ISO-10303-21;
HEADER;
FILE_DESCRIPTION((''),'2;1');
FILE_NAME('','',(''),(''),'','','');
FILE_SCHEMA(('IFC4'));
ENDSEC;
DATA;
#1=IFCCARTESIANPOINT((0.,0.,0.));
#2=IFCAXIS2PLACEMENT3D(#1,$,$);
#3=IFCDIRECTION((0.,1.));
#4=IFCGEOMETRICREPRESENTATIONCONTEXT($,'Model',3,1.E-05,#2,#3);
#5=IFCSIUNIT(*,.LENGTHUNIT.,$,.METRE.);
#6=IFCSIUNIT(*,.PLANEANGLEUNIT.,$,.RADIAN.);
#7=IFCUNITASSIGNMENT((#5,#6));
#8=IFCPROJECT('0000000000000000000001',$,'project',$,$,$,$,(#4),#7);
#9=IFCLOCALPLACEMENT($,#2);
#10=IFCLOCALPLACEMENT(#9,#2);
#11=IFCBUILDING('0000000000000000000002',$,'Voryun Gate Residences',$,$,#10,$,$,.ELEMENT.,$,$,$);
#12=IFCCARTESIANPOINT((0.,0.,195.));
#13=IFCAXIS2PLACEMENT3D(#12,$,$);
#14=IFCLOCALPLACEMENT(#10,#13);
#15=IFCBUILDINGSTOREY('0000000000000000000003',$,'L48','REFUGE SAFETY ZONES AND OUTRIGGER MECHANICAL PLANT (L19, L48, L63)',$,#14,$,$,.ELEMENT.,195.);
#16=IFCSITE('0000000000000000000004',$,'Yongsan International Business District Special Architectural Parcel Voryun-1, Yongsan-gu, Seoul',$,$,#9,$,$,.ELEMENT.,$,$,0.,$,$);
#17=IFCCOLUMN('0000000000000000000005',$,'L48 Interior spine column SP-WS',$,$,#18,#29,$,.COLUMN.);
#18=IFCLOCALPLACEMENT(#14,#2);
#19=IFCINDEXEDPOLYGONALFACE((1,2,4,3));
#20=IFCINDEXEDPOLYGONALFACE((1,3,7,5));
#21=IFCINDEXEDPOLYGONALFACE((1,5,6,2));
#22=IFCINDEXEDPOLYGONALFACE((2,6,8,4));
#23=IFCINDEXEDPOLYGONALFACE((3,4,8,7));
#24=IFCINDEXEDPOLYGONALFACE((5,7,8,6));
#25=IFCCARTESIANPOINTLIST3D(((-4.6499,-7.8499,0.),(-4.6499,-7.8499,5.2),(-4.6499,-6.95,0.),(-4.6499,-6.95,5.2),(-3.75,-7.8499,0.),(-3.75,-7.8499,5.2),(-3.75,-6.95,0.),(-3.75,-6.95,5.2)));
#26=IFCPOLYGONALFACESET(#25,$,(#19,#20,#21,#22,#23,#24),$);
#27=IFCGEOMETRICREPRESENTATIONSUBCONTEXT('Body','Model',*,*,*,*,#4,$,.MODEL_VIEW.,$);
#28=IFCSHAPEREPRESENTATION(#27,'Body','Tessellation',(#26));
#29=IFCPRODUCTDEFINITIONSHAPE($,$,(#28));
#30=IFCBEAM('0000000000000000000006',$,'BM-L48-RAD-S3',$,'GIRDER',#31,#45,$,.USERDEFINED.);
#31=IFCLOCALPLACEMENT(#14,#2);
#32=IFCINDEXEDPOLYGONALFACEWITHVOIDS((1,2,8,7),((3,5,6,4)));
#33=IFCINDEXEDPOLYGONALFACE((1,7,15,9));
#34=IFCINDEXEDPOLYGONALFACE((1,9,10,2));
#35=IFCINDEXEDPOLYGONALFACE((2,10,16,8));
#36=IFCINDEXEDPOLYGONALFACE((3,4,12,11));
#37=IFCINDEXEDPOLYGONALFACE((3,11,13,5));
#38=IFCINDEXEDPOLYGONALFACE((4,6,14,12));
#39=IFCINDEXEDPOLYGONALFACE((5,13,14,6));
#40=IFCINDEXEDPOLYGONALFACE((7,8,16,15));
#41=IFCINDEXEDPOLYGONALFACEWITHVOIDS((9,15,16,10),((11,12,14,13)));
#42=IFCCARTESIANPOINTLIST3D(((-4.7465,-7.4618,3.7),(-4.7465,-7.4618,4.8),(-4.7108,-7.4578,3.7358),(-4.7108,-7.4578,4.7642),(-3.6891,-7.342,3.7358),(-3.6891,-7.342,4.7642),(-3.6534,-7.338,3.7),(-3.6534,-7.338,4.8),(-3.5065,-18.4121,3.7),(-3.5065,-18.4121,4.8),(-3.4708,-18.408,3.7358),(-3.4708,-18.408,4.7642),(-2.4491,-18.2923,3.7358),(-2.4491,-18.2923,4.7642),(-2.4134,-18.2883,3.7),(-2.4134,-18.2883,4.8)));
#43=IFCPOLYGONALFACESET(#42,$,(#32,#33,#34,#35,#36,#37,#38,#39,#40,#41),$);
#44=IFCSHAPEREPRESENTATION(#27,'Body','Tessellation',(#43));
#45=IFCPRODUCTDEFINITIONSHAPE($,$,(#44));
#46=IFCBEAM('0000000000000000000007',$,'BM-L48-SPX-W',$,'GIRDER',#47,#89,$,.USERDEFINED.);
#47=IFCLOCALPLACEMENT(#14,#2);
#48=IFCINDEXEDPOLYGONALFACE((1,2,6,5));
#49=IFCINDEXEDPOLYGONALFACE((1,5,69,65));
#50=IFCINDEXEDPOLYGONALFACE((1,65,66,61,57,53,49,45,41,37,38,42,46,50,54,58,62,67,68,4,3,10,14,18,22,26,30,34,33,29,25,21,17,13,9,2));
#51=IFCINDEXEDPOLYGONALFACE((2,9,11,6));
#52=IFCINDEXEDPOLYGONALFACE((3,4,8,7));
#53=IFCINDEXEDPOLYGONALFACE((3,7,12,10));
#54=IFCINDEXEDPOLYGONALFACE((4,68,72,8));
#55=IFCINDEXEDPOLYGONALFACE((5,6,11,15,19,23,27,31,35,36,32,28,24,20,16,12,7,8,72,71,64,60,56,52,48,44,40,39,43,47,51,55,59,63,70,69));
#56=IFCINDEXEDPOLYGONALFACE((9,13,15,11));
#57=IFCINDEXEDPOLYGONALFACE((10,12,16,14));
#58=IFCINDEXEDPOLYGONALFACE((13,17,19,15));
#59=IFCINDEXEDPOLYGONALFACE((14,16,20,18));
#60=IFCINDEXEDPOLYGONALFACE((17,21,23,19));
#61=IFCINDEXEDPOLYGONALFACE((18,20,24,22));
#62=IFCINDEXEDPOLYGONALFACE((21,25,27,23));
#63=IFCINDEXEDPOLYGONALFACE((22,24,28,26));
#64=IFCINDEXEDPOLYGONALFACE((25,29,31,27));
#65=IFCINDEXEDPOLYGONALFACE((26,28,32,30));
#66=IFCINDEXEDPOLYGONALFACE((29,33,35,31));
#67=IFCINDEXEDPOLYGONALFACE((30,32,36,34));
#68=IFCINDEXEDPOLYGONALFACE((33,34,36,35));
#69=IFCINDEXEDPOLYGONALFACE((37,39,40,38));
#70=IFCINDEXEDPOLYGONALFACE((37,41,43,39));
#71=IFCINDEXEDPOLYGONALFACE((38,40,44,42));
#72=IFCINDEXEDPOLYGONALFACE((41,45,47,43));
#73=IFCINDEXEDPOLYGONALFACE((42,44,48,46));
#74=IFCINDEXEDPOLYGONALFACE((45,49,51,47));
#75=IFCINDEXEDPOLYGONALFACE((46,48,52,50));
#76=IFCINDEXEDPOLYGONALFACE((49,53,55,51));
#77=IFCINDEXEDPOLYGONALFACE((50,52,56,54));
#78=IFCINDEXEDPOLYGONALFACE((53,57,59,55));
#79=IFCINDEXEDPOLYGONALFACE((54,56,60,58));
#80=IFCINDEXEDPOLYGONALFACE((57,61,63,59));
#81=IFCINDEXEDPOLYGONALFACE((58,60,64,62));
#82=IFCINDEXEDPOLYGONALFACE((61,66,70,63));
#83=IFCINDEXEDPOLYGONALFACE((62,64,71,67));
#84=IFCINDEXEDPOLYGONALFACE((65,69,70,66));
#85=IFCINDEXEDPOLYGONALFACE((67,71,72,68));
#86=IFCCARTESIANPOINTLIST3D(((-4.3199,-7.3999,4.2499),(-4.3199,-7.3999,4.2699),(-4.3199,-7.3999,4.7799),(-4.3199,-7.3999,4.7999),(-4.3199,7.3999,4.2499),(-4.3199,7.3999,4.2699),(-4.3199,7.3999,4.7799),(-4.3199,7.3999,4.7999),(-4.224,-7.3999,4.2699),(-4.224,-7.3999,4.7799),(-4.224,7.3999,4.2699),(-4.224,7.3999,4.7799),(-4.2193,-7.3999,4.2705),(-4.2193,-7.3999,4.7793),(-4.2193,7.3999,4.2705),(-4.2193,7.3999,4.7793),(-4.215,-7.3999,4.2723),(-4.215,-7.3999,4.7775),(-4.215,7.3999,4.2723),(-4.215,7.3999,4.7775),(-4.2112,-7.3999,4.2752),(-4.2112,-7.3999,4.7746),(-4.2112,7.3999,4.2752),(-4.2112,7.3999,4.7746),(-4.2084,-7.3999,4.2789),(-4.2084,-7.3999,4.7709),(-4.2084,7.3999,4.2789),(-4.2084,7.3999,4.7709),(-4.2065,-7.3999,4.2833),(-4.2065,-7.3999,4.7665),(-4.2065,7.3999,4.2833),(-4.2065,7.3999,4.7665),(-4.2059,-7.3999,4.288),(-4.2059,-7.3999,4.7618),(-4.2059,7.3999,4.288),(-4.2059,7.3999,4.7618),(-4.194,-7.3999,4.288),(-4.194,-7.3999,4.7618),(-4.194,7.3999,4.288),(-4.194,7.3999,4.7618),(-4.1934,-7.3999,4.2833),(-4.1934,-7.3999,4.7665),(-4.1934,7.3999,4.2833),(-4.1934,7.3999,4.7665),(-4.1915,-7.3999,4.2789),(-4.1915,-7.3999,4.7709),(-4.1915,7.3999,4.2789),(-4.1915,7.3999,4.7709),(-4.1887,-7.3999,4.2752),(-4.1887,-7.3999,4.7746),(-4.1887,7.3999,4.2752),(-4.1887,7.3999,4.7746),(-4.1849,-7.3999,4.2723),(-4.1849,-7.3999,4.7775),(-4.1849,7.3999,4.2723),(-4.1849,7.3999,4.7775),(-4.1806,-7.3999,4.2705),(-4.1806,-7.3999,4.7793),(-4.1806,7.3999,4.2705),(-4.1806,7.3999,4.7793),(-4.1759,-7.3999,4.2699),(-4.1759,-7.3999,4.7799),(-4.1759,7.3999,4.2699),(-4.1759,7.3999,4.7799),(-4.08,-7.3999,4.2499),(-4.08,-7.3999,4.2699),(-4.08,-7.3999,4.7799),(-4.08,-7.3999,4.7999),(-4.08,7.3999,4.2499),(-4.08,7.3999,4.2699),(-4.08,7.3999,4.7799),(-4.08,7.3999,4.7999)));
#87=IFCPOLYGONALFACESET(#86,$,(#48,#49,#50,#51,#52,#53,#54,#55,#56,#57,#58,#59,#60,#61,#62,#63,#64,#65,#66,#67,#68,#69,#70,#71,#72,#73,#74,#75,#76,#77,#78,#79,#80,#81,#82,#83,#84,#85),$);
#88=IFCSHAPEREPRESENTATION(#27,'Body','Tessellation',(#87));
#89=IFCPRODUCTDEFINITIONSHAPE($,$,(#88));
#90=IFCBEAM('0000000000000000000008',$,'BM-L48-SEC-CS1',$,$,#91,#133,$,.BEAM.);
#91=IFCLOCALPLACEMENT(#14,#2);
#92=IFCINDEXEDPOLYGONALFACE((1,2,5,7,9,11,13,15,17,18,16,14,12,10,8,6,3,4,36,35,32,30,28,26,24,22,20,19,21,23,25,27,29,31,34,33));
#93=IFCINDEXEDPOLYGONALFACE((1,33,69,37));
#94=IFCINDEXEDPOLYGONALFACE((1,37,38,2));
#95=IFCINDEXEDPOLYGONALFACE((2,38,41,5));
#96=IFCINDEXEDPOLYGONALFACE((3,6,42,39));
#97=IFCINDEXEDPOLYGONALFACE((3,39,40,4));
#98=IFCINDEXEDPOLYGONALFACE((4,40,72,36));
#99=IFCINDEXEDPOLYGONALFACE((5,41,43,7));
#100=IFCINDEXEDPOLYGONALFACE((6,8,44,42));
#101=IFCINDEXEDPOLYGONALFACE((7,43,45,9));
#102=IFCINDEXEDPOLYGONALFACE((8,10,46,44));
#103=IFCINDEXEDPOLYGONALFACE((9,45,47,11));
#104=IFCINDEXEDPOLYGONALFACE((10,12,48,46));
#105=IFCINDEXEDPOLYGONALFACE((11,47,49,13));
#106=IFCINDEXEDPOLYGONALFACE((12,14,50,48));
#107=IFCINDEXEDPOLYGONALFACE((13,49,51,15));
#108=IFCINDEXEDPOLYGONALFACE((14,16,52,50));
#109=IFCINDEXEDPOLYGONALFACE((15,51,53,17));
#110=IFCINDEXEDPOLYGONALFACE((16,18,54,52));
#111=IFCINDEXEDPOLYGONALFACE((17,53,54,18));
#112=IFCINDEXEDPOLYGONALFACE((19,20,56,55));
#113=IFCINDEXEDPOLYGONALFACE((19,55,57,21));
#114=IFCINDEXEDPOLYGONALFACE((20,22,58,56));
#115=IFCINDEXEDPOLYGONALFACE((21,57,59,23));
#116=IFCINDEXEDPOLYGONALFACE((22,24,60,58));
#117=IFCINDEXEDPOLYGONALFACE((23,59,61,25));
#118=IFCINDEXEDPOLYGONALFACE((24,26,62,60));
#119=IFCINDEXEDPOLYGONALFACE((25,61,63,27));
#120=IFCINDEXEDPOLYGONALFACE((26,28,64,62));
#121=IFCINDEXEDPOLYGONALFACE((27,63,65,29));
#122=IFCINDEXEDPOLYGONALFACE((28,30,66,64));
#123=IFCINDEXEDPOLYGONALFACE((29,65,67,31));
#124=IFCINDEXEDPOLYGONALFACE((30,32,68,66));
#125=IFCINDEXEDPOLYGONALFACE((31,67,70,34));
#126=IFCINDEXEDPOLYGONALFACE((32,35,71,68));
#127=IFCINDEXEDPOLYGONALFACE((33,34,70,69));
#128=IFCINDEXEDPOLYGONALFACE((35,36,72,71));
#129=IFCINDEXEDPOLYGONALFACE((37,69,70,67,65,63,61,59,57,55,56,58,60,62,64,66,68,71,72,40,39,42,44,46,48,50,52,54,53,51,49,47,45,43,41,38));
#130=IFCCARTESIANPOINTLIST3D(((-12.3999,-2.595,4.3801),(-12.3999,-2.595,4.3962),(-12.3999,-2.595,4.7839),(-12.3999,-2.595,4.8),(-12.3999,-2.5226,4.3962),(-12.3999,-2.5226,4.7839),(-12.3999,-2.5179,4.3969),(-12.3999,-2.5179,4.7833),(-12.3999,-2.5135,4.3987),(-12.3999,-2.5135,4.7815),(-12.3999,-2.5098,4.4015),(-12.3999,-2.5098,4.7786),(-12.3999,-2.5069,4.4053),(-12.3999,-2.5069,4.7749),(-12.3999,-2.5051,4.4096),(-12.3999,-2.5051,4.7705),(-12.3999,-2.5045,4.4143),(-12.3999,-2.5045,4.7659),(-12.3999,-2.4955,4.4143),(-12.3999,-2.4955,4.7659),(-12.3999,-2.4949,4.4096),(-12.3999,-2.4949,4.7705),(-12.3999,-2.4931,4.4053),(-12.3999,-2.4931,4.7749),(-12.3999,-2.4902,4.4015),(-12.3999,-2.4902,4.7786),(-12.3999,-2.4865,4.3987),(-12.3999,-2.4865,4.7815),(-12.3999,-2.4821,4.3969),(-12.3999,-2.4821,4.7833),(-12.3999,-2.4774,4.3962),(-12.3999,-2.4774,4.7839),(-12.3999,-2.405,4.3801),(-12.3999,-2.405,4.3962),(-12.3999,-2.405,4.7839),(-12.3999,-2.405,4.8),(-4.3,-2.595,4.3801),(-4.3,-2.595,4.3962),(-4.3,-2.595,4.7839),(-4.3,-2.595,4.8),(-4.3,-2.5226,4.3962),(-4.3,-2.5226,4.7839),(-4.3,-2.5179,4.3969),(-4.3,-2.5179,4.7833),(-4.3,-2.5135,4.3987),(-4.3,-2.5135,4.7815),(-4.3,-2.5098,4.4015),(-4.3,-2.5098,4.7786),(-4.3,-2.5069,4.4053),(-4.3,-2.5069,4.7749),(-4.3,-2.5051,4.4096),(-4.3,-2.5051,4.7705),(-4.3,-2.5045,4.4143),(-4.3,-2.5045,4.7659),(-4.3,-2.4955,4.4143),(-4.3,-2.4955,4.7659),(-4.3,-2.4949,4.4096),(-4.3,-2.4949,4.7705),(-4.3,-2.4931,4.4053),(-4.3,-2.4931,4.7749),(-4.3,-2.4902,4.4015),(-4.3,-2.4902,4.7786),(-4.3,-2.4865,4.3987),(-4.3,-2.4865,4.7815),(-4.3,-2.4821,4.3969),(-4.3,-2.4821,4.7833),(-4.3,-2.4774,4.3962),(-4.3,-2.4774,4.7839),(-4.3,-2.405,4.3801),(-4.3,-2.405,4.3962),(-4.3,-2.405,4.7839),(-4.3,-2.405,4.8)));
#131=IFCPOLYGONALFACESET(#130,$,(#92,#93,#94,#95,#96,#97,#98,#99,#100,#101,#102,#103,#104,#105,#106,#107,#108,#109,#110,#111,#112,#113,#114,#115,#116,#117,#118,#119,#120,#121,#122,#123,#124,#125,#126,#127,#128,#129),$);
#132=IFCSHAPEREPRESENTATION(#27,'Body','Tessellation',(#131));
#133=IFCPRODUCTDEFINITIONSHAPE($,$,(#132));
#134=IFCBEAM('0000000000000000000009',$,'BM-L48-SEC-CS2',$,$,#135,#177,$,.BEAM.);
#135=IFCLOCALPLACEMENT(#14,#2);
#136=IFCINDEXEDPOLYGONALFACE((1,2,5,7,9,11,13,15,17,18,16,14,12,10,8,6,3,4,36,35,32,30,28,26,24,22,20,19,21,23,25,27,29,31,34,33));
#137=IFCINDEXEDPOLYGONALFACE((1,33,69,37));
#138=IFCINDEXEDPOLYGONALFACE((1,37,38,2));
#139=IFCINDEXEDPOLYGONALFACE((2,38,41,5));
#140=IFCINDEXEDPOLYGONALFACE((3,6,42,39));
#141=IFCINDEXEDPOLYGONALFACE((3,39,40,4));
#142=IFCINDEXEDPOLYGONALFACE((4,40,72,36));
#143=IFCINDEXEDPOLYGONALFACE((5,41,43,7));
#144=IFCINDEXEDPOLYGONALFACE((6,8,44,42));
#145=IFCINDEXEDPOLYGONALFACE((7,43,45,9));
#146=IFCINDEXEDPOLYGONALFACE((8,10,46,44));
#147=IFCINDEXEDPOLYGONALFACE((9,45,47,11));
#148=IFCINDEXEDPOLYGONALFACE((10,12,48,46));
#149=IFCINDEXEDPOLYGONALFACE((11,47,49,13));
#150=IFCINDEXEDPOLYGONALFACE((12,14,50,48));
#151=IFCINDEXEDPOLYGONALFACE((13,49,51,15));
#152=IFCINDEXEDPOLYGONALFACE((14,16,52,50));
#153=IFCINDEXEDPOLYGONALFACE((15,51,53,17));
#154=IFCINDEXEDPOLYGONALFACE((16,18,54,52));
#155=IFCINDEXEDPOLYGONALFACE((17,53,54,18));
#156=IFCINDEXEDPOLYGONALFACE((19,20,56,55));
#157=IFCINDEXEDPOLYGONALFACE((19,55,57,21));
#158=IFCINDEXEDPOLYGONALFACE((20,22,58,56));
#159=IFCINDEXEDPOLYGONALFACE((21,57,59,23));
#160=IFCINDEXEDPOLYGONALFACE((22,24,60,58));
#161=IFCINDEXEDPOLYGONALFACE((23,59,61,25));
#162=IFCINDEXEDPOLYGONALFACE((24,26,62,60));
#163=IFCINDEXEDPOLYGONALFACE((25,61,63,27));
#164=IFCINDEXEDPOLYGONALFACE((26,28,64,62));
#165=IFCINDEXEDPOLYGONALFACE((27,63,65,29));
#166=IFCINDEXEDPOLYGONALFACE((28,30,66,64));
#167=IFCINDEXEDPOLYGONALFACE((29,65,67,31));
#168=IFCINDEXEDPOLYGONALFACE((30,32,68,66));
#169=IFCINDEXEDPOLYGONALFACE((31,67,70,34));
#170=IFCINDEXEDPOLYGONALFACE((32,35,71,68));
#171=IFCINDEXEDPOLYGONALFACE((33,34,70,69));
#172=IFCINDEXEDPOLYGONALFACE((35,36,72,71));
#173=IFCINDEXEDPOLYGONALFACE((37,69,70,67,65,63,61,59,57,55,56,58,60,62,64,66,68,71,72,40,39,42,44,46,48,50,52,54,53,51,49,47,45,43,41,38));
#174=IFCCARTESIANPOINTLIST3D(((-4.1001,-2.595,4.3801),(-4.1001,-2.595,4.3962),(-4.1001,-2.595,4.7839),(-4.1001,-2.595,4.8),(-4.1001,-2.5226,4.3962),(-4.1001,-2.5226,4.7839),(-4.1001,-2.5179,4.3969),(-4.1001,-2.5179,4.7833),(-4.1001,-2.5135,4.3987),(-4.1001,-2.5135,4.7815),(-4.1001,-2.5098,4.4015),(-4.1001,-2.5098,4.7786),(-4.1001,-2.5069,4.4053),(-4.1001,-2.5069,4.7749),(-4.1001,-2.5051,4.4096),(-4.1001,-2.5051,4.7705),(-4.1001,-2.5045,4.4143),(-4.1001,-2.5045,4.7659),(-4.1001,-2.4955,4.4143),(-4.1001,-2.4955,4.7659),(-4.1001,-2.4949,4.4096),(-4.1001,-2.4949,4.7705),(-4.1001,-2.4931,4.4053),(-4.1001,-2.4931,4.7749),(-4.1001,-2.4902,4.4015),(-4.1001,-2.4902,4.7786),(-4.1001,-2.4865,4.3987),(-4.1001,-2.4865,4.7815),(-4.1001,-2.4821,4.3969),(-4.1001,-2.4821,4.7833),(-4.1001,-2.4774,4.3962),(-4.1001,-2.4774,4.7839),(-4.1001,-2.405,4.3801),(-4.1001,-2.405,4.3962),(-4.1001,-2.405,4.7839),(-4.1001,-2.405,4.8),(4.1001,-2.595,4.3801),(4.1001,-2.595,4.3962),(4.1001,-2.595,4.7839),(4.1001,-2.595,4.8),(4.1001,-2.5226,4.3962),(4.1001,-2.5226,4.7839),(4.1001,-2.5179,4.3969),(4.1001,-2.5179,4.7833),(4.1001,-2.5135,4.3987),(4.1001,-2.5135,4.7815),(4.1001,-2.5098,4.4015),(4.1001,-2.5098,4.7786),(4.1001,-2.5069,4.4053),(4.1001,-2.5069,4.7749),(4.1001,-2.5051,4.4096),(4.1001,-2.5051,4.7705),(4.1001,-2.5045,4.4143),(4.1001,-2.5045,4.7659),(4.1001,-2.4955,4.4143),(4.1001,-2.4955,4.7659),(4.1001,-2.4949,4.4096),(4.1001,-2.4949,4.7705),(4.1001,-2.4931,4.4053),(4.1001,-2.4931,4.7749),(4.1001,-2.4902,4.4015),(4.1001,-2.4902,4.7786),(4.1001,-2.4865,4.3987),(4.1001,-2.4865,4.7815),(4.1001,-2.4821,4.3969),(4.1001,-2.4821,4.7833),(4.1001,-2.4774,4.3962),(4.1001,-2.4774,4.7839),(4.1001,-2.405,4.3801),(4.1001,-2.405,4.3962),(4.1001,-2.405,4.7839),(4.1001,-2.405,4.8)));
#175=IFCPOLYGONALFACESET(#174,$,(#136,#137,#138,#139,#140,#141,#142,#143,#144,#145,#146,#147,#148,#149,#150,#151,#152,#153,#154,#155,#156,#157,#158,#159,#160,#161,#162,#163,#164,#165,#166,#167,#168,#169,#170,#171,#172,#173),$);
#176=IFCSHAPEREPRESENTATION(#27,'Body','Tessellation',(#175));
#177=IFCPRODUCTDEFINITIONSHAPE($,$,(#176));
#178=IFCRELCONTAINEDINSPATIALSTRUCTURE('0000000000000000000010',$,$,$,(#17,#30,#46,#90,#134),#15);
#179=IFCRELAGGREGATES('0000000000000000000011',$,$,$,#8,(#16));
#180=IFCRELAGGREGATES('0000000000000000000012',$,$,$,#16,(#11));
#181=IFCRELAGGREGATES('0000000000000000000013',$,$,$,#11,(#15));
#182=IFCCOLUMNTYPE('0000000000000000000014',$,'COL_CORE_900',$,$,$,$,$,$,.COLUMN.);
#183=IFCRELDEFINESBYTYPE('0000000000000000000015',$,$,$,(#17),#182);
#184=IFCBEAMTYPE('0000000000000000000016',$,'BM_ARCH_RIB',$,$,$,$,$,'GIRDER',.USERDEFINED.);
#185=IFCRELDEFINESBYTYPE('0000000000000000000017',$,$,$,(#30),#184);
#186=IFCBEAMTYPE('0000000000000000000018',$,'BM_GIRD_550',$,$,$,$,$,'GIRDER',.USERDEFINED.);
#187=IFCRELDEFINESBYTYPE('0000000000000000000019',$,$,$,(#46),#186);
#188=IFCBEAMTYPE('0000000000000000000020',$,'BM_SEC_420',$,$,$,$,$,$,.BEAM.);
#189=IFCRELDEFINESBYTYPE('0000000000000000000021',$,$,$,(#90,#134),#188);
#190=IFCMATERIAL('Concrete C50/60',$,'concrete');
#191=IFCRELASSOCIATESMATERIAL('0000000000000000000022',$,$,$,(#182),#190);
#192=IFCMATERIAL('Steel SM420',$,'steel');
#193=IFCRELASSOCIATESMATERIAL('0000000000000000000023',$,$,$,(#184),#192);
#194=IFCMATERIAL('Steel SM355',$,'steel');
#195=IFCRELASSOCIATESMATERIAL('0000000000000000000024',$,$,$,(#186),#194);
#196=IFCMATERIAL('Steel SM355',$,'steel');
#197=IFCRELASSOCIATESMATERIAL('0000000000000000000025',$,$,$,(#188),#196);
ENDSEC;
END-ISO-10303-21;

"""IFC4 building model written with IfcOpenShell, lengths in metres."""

from ifc_helpers import new_model, si_unit, direction, frame, origin, origin_2d, place, context, subcontext, project, spatial, rectangle, hollow_rectangle, i_section, extrude, material, material_profile, profile_set, type_object, element, save


model = new_model("IFC4")

# Units and contexts
model_context = context("Model", 3, precision=1e-05, world=origin(), true_north=direction((0.0, 1.0)))
body_context = subcontext(model_context, "Body", "Model", "MODEL_VIEW")
ifc_project = project(units=[si_unit("LENGTHUNIT", "METRE"), si_unit("PLANEANGLEUNIT", "RADIAN")], contexts=[model_context])

# Site, building, storey
site_placement = place(None, origin())
site = spatial("IfcSite", under=ifc_project, at=site_placement, Name="Yongsan International Business District Special Architectural Parcel Voryun-1, Yongsan-gu, Seoul", CompositionType="ELEMENT", RefElevation=0.0)
building_placement = place(site_placement, origin())
building = spatial("IfcBuilding", under=site, at=building_placement, Name="Voryun Gate Residences", CompositionType="ELEMENT")
storey_placement = place(building_placement, frame((0.0, 0.0, 195.0)))
storey = spatial("IfcBuildingStorey", under=building, at=storey_placement, Name="L48", Description="REFUGE SAFETY ZONES AND OUTRIGGER MECHANICAL PLANT (L19, L48, L63)", CompositionType="ELEMENT", Elevation=195.0)

# Column
ifc_material_1 = material(Name="Concrete C50/60", Category="concrete")
ifc_material_profile_1 = material_profile(ifc_material_1, rectangle(XDim=0.8999, YDim=0.8999, at=origin_2d()), Name="RC-900x900")
ifc_profile_set_1 = profile_set([ifc_material_profile_1], Name="Concrete C50/60")
column_type = type_object("IfcColumnType", Name="COL_CORE_900", PredefinedType="COLUMN", material=ifc_profile_set_1)
column_placement = place(storey_placement, frame((-4.2, -7.3999, 0.0), z_axis=(0.0, 0.0, 1.0), x_axis=(1.0, 0.0, 0.0)))
element("IfcColumn", 1, at=column_placement, inside=storey, type_object=column_type, Name="L48 Interior spine column SP-WS", PredefinedType="COLUMN", context=body_context, shape_type="SweptSolid", body=[
    extrude(rectangle(XDim=0.8999, YDim=0.8999, at=origin_2d()), origin(), (0.0, 0.0, 1.0), 5.2),
])

# Beams
ifc_material_2 = material(Name="Steel SM420", Category="steel")
ifc_material_profile_2 = material_profile(ifc_material_2, hollow_rectangle(XDim=1.1001, YDim=1.1001, WallThickness=0.0359, at=origin_2d()), Name="BOX-1100x1100x36")
ifc_profile_set_2 = profile_set([ifc_material_profile_2], Name="Steel SM420")
beam_type_1 = type_object("IfcBeamType", Name="BM_ARCH_RIB", ElementType="GIRDER", PredefinedType="USERDEFINED", material=ifc_profile_set_2)
beam_1_placement = place(storey_placement, frame((-4.2, -7.3999, 4.25), z_axis=(0.11252, -0.993649, 0.0), x_axis=(0.993649, 0.11252, 0.0)))
element("IfcBeam", 2, at=beam_1_placement, inside=storey, type_object=beam_type_1, Name="BM-L48-RAD-S3", ObjectType="GIRDER", PredefinedType="USERDEFINED", context=body_context, shape_type="SweptSolid", body=[
    extrude(hollow_rectangle(XDim=1.1001, YDim=1.1001, WallThickness=0.0359, at=origin_2d()), origin(), (0.0, 0.0, 1.0), 11.0203),
])
ifc_material_3 = material(Name="Steel SM355", Category="steel")
ifc_material_profile_3 = material_profile(ifc_material_3, i_section(OverallWidth=0.24, OverallDepth=0.55, WebThickness=0.012, FlangeThickness=0.02, FilletRadius=0.0181, at=origin_2d()), Name="H-550x240x12x20")
ifc_profile_set_3 = profile_set([ifc_material_profile_3], Name="Steel SM355")
beam_type_2 = type_object("IfcBeamType", Name="BM_GIRD_550", ElementType="GIRDER", PredefinedType="USERDEFINED", material=ifc_profile_set_3)
beam_2_placement = place(storey_placement, frame((-4.2, -7.3999, 4.5249), z_axis=(0.0, 1.0, 0.0), x_axis=(-1.0, 0.0, 0.0)))
element("IfcBeam", 3, at=beam_2_placement, inside=storey, type_object=beam_type_2, Name="BM-L48-SPX-W", ObjectType="GIRDER", PredefinedType="USERDEFINED", context=body_context, shape_type="SweptSolid", body=[
    extrude(i_section(OverallWidth=0.24, OverallDepth=0.55, WebThickness=0.012, FlangeThickness=0.02, FilletRadius=0.0181, at=origin_2d()), origin(), (0.0, 0.0, 1.0), 14.7998),
])
ifc_material_4 = material(Name="Steel SM355", Category="steel")
ifc_material_profile_4 = material_profile(ifc_material_4, i_section(OverallWidth=0.1899, OverallDepth=0.4199, WebThickness=0.009, FlangeThickness=0.0161, FilletRadius=0.0181, at=origin_2d()), Name="H-420x190x9x16")
ifc_profile_set_4 = profile_set([ifc_material_profile_4], Name="Steel SM355")
beam_type_3 = type_object("IfcBeamType", Name="BM_SEC_420", PredefinedType="BEAM", material=ifc_profile_set_4)
beam_3_placement = place(storey_placement, frame((-12.3999, -2.5, 4.5901), z_axis=(1.0, 0.0, 0.0), x_axis=(0.0, 1.0, 0.0)))
element("IfcBeam", 4, at=beam_3_placement, inside=storey, type_object=beam_type_3, Name="BM-L48-SEC-CS1", PredefinedType="BEAM", context=body_context, shape_type="SweptSolid", body=[
    extrude(i_section(OverallWidth=0.1899, OverallDepth=0.4199, WebThickness=0.009, FlangeThickness=0.0161, FilletRadius=0.0181, at=origin_2d()), origin(), (0.0, 0.0, 1.0), 8.0999),
])
beam_4_placement = place(storey_placement, frame((-4.1001, -2.5, 4.5901), z_axis=(1.0, 0.0, 0.0), x_axis=(0.0, 1.0, 0.0)))
element("IfcBeam", 5, at=beam_4_placement, inside=storey, type_object=beam_type_3, Name="BM-L48-SEC-CS2", PredefinedType="BEAM", context=body_context, shape_type="SweptSolid", body=[
    extrude(i_section(OverallWidth=0.1899, OverallDepth=0.4199, WebThickness=0.009, FlangeThickness=0.0161, FilletRadius=0.0181, at=origin_2d()), origin(), (0.0, 0.0, 1.0), 8.2002),
])

save(model, "model.ifc")
